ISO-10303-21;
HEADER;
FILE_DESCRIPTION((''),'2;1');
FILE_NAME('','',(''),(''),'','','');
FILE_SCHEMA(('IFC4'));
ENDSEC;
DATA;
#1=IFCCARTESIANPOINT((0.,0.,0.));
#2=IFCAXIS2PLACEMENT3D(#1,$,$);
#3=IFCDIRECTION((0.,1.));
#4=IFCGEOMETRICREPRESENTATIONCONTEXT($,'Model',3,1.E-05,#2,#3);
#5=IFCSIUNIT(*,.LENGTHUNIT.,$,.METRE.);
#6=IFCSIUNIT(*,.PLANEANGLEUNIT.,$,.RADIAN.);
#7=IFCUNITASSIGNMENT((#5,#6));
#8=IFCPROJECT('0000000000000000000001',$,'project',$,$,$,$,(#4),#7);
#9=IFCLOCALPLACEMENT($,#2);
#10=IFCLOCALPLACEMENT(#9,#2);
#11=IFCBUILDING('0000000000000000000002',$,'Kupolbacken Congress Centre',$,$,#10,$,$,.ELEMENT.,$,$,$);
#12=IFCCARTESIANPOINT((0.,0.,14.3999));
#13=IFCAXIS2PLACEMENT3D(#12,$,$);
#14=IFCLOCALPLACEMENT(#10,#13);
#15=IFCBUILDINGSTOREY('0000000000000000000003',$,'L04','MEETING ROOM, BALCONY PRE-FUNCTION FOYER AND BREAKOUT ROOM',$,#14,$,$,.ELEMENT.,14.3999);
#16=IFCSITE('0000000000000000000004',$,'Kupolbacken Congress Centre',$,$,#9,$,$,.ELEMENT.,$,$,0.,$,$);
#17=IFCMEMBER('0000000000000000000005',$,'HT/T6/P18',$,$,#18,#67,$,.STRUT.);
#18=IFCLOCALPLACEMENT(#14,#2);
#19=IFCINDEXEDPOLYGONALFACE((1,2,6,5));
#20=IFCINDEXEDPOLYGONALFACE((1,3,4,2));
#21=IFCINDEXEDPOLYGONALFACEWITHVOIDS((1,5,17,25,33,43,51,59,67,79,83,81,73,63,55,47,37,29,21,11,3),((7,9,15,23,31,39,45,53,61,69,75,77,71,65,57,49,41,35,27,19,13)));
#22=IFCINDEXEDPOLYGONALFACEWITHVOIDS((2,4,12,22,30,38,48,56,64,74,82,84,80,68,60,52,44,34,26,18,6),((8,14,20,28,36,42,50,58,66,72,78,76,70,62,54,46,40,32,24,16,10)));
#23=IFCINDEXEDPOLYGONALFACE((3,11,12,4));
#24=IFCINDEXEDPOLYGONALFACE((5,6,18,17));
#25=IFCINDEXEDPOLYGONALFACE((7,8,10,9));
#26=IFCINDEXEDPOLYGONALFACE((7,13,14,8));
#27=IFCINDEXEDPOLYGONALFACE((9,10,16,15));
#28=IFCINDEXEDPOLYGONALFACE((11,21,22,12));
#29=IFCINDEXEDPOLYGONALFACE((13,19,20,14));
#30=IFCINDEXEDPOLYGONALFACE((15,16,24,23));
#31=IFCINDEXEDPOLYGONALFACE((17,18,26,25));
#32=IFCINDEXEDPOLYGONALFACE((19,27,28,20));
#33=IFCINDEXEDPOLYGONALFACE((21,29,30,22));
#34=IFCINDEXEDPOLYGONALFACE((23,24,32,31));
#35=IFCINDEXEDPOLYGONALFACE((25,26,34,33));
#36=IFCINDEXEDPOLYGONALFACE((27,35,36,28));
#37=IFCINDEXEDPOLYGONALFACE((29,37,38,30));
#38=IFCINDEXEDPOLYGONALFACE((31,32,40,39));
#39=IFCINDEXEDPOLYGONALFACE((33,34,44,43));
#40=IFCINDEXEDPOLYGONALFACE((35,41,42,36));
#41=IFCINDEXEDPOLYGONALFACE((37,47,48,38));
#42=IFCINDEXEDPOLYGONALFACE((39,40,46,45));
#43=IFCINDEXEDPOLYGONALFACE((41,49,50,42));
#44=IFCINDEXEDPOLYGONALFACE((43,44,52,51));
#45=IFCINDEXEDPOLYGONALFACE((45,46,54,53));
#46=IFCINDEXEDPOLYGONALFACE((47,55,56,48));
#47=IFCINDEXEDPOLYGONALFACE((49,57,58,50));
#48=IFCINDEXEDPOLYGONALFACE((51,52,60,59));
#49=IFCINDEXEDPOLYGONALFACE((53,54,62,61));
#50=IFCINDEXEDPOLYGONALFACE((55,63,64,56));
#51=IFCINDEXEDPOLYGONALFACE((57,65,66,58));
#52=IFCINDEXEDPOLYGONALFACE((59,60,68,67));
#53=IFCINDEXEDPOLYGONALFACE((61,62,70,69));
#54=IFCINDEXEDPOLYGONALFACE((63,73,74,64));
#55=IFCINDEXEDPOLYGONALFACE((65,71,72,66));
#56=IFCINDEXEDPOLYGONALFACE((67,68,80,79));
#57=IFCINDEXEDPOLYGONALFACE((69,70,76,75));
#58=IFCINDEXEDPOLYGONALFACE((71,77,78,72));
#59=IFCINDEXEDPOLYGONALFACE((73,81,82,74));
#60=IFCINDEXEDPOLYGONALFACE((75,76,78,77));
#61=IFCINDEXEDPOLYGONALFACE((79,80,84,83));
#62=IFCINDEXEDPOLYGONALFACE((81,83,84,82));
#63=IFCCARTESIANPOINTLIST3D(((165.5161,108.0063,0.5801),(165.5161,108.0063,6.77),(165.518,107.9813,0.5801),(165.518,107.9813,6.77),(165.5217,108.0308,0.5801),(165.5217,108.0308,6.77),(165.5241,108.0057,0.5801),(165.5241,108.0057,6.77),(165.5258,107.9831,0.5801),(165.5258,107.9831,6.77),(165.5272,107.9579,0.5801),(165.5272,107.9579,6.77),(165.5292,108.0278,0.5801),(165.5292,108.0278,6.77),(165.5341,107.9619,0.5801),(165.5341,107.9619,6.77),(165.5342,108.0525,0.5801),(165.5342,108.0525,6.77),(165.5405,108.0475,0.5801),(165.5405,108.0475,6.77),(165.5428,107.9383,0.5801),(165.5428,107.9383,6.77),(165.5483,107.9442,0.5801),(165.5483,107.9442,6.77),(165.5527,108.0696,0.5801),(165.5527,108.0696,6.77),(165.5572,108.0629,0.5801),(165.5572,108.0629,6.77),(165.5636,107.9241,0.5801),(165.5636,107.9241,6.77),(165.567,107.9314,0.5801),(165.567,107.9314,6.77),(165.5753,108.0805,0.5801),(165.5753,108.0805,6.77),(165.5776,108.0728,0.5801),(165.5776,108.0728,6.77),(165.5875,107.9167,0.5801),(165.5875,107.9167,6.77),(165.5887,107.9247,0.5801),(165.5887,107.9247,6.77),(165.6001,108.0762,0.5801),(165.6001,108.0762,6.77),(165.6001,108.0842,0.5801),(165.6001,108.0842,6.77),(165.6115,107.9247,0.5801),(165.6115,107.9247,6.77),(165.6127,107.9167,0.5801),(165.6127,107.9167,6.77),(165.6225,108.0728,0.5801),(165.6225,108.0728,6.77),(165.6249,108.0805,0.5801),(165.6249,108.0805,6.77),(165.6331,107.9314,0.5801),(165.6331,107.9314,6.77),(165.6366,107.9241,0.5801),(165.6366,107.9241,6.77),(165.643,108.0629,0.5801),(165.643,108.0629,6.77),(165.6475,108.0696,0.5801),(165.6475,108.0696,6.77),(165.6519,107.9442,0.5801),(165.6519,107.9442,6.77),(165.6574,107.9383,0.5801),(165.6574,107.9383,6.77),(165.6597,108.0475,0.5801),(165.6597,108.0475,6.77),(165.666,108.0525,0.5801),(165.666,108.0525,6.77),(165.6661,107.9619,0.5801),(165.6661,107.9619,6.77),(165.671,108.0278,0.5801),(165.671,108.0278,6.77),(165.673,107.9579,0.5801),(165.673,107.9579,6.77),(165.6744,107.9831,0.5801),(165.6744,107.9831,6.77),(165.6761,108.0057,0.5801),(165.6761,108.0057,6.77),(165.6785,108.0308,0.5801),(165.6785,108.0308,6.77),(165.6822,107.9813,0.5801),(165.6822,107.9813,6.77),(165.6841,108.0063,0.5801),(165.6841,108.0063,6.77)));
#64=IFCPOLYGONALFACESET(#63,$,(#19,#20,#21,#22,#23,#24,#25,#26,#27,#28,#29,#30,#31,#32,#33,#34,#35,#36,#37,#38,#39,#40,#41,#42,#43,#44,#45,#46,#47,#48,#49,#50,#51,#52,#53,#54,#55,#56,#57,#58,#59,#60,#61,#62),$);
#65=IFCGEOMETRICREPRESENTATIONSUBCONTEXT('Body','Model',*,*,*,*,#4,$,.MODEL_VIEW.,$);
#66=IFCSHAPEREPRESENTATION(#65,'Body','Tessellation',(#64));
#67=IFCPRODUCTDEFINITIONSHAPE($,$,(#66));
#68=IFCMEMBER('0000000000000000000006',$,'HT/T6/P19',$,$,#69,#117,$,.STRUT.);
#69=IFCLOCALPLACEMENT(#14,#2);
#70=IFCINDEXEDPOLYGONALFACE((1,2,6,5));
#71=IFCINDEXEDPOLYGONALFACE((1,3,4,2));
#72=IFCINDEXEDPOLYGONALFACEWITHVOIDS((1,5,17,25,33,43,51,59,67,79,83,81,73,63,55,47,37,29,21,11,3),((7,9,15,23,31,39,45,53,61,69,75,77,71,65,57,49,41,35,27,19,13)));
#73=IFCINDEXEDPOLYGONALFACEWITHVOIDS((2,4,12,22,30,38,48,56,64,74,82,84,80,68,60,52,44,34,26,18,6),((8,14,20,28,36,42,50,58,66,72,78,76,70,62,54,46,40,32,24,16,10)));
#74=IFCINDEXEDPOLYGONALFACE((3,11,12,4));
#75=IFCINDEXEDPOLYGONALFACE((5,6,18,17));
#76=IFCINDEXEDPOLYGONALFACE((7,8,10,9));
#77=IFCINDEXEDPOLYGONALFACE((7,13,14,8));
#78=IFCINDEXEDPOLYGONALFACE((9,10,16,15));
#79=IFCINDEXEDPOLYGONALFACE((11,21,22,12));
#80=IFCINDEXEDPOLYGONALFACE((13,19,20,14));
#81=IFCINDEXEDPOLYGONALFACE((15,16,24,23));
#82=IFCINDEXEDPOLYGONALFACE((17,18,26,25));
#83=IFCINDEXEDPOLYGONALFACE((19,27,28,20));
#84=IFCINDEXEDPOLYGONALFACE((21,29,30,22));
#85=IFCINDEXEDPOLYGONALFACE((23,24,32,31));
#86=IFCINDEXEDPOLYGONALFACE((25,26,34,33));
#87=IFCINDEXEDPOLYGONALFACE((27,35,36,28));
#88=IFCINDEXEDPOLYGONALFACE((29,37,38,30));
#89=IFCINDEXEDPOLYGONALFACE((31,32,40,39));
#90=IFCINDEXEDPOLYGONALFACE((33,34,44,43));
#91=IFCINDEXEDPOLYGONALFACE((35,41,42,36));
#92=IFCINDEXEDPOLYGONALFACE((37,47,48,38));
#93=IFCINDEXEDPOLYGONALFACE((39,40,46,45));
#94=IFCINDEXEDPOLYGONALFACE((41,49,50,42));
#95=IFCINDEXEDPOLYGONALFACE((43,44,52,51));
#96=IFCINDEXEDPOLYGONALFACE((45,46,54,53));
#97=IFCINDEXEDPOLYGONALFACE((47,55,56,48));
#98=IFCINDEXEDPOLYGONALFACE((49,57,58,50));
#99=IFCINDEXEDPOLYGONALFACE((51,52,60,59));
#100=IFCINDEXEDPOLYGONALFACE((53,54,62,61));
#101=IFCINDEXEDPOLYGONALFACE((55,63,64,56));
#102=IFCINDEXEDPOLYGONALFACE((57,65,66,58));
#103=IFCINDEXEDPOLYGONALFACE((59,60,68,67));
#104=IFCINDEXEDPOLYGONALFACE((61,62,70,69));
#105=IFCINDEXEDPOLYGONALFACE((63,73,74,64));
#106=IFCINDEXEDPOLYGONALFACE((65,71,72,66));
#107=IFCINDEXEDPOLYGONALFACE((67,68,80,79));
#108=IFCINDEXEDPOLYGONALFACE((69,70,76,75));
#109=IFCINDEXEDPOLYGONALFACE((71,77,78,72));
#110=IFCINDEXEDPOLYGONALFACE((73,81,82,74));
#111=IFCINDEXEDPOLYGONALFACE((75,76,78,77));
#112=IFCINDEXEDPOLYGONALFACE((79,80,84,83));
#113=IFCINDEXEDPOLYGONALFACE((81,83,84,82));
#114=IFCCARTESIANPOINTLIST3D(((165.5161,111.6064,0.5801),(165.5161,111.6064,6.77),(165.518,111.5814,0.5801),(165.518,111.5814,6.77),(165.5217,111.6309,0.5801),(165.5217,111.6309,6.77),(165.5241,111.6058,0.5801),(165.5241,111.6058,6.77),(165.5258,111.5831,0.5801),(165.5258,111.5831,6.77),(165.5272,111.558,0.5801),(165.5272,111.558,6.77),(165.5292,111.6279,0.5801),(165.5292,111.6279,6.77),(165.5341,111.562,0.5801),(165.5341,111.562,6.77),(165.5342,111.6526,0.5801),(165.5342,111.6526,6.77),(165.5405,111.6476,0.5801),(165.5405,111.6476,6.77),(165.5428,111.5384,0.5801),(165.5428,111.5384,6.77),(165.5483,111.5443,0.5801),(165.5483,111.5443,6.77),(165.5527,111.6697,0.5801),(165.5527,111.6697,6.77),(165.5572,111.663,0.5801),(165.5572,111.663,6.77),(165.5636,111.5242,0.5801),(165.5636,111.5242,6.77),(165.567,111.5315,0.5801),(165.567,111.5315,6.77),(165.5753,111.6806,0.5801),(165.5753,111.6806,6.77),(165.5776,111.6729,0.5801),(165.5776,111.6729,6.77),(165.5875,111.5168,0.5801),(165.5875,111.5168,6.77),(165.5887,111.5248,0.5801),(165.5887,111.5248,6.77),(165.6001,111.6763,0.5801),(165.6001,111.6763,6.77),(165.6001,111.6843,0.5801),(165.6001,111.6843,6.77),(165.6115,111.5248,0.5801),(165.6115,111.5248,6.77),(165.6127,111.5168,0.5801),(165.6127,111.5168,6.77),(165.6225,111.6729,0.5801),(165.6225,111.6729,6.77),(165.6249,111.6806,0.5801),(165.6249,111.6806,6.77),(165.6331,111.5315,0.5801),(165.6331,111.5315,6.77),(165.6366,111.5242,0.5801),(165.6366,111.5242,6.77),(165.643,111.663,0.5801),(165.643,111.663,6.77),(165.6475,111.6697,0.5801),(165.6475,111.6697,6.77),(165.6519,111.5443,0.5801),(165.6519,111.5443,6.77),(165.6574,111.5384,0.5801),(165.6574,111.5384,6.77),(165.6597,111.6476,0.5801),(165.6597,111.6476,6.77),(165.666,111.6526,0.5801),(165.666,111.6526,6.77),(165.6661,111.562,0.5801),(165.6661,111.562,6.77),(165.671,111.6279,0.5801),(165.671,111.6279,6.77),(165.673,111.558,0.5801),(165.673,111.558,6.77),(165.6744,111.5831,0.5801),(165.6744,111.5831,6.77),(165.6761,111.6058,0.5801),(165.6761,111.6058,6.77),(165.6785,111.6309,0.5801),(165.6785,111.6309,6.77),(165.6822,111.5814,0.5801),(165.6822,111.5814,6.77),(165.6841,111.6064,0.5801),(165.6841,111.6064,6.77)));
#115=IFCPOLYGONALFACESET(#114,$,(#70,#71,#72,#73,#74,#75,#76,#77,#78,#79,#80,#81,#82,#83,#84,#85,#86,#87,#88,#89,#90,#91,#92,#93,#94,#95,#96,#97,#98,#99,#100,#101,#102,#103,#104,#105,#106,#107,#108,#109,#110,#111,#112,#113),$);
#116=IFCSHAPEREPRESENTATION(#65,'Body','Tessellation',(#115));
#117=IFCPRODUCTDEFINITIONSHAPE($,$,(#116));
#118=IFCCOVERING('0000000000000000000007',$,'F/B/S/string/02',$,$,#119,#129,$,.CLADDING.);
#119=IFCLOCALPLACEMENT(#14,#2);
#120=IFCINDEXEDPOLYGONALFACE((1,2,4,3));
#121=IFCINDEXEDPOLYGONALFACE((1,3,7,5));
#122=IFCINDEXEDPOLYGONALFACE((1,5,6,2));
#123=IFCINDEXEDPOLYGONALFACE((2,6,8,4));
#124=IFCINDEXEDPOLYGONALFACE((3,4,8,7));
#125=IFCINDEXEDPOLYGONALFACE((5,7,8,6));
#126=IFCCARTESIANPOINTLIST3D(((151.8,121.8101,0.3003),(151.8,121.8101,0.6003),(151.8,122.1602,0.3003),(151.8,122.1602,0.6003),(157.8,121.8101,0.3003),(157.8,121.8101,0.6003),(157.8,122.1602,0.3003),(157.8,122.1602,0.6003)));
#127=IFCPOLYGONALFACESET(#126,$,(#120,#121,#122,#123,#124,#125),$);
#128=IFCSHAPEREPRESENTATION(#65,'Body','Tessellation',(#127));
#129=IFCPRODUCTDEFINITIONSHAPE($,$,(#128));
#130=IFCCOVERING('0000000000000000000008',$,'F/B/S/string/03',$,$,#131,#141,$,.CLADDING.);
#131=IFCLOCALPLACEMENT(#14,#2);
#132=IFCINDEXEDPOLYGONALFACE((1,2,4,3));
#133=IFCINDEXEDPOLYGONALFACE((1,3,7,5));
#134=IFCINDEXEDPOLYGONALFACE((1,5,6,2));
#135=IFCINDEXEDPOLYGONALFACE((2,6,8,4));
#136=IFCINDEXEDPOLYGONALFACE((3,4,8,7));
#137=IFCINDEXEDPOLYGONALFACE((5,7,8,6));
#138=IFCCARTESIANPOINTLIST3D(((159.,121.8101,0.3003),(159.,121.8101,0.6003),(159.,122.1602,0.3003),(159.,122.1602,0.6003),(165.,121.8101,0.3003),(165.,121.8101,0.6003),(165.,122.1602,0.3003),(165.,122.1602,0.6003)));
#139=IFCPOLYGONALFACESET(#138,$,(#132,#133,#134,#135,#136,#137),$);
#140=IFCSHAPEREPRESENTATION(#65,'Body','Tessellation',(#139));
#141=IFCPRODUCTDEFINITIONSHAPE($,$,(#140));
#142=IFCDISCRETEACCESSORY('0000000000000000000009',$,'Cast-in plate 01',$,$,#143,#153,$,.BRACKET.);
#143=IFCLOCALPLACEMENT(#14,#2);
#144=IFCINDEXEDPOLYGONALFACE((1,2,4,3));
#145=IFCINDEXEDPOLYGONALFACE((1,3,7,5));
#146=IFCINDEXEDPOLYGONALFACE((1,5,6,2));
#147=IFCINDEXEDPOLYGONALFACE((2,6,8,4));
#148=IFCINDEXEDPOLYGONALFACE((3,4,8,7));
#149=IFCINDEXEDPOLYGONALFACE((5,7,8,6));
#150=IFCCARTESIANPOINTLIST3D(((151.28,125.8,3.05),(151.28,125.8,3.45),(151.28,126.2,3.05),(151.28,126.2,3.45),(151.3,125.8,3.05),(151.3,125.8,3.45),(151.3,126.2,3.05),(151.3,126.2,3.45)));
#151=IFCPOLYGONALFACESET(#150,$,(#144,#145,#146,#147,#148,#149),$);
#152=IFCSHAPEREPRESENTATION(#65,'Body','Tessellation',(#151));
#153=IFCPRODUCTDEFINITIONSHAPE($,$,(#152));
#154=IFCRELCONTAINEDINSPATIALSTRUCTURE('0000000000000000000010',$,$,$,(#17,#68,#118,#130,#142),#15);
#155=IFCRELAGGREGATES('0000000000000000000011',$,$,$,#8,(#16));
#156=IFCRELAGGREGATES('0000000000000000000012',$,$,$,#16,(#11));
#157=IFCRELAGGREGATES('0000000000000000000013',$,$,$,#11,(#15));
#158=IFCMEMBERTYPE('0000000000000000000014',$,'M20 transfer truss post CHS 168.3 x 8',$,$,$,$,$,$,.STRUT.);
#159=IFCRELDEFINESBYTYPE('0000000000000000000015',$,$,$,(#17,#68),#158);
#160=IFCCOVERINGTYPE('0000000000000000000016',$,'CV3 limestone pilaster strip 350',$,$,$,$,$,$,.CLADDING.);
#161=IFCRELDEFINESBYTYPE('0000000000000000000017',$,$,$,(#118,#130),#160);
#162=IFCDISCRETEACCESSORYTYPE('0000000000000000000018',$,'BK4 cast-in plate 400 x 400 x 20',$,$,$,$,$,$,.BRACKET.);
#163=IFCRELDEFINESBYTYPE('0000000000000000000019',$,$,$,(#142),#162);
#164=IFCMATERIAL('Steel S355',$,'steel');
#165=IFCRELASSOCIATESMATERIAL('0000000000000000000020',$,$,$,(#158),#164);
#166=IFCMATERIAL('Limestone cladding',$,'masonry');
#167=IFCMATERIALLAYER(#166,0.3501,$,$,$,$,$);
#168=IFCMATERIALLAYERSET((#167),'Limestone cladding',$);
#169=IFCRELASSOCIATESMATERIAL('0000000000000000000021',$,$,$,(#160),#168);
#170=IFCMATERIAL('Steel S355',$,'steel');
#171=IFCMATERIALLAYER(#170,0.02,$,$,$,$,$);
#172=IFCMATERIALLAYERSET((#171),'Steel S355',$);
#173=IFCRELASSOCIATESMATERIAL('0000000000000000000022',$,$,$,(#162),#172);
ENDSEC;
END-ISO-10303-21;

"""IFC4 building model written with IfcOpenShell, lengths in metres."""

from ifc_helpers import new_model, si_unit, direction, frame, origin, origin_2d, place, context, subcontext, project, spatial, rectangle, hollow_circle, extrude, material, layer, layer_set, material_profile, profile_set, type_object, element, save


model = new_model("IFC4")

# Units and contexts
model_context = context("Model", 3, precision=1e-05, world=origin(), true_north=direction((0.0, 1.0)))
body_context = subcontext(model_context, "Body", "Model", "MODEL_VIEW")
ifc_project = project(units=[si_unit("LENGTHUNIT", "METRE"), si_unit("PLANEANGLEUNIT", "RADIAN")], contexts=[model_context])

# Site, building, storey
site_placement = place(None, origin())
site = spatial("IfcSite", under=ifc_project, at=site_placement, Name="Kupolbacken Congress Centre", CompositionType="ELEMENT", RefElevation=0.0)
building_placement = place(site_placement, origin())
building = spatial("IfcBuilding", under=site, at=building_placement, Name="Kupolbacken Congress Centre", CompositionType="ELEMENT")
storey_placement = place(building_placement, frame((0.0, 0.0, 14.3999)))
storey = spatial("IfcBuildingStorey", under=building, at=storey_placement, Name="L04", Description="MEETING ROOM, BALCONY PRE-FUNCTION FOYER AND BREAKOUT ROOM", CompositionType="ELEMENT", Elevation=14.3999)

# Members
ifc_material_1 = material(Name="Steel S355", Category="steel")
ifc_material_profile_1 = material_profile(ifc_material_1, hollow_circle(Radius=0.0842, WallThickness=0.0081, at=origin_2d()), Name="CHS 168.3 x 8")
ifc_profile_set_1 = profile_set([ifc_material_profile_1], Name="Steel S355")
member_type_1 = type_object("IfcMemberType", Name="M20 transfer truss post CHS 168.3 x 8", PredefinedType="STRUT", material=ifc_profile_set_1)
for number, where, z_axis, x_axis, name in (
    (1, (165.6001, 108.0, 0.5801), (0.0, 0.0, 1.0), (0.0, 1.0, 0.0), "HT/T6/P18"),
    (2, (165.6001, 111.6001, 0.5801), (0.0, 0.0, 1.0), (0.0, 1.0, 0.0), "HT/T6/P19"),
):
    element("IfcMember", number, at=place(storey_placement, frame(where, z_axis=z_axis, x_axis=x_axis)), inside=storey, type_object=member_type_1, Name=name, PredefinedType="STRUT", context=body_context, shape_type="SweptSolid", body=[
        extrude(hollow_circle(Radius=0.0842, WallThickness=0.0081, at=origin_2d()), origin(), (0.0, 0.0, 1.0), 6.1899),
    ])

# Coverings
ifc_material_2 = material(Name="Limestone cladding", Category="masonry")
ifc_layer_1 = layer(ifc_material_2, 0.3501)
ifc_layer_set_1 = layer_set([ifc_layer_1], Name="Limestone cladding")
covering_type = type_object("IfcCoveringType", Name="CV3 limestone pilaster strip 350", PredefinedType="CLADDING", material=ifc_layer_set_1)
for number, where, z_axis, x_axis, name in (
    (3, (154.8, 121.9851, 0.3003), (0.0, 0.0, 1.0), (1.0, 0.0, 0.0), "F/B/S/string/02"),
    (4, (162.0, 121.9851, 0.3003), (0.0, 0.0, 1.0), (1.0, 0.0, 0.0), "F/B/S/string/03"),
):
    element("IfcCovering", number, at=place(storey_placement, frame(where, z_axis=z_axis, x_axis=x_axis)), inside=storey, type_object=covering_type, Name=name, PredefinedType="CLADDING", context=body_context, shape_type="SweptSolid", body=[
        extrude(rectangle(XDim=6.0, YDim=0.3501, at=origin_2d()), origin(), (0.0, 0.0, 1.0), 0.3),
    ])

# Discrete accessory
ifc_material_3 = material(Name="Steel S355", Category="steel")
ifc_layer_2 = layer(ifc_material_3, 0.02)
ifc_layer_set_2 = layer_set([ifc_layer_2], Name="Steel S355")
discrete_accessory_type = type_object("IfcDiscreteAccessoryType", Name="BK4 cast-in plate 400 x 400 x 20", PredefinedType="BRACKET", material=ifc_layer_set_2)
discrete_accessory_placement = place(storey_placement, frame((151.29, 126.0, 3.05), z_axis=(0.0, 0.0, 1.0), x_axis=(1.0, 0.0, 0.0)))
element("IfcDiscreteAccessory", 5, at=discrete_accessory_placement, inside=storey, type_object=discrete_accessory_type, Name="Cast-in plate 01", PredefinedType="BRACKET", context=body_context, shape_type="SweptSolid", body=[
    extrude(rectangle(XDim=0.02, YDim=0.3999, at=origin_2d()), origin(), (0.0, 0.0, 1.0), 0.3999),
])

save(model, "model.ifc")
